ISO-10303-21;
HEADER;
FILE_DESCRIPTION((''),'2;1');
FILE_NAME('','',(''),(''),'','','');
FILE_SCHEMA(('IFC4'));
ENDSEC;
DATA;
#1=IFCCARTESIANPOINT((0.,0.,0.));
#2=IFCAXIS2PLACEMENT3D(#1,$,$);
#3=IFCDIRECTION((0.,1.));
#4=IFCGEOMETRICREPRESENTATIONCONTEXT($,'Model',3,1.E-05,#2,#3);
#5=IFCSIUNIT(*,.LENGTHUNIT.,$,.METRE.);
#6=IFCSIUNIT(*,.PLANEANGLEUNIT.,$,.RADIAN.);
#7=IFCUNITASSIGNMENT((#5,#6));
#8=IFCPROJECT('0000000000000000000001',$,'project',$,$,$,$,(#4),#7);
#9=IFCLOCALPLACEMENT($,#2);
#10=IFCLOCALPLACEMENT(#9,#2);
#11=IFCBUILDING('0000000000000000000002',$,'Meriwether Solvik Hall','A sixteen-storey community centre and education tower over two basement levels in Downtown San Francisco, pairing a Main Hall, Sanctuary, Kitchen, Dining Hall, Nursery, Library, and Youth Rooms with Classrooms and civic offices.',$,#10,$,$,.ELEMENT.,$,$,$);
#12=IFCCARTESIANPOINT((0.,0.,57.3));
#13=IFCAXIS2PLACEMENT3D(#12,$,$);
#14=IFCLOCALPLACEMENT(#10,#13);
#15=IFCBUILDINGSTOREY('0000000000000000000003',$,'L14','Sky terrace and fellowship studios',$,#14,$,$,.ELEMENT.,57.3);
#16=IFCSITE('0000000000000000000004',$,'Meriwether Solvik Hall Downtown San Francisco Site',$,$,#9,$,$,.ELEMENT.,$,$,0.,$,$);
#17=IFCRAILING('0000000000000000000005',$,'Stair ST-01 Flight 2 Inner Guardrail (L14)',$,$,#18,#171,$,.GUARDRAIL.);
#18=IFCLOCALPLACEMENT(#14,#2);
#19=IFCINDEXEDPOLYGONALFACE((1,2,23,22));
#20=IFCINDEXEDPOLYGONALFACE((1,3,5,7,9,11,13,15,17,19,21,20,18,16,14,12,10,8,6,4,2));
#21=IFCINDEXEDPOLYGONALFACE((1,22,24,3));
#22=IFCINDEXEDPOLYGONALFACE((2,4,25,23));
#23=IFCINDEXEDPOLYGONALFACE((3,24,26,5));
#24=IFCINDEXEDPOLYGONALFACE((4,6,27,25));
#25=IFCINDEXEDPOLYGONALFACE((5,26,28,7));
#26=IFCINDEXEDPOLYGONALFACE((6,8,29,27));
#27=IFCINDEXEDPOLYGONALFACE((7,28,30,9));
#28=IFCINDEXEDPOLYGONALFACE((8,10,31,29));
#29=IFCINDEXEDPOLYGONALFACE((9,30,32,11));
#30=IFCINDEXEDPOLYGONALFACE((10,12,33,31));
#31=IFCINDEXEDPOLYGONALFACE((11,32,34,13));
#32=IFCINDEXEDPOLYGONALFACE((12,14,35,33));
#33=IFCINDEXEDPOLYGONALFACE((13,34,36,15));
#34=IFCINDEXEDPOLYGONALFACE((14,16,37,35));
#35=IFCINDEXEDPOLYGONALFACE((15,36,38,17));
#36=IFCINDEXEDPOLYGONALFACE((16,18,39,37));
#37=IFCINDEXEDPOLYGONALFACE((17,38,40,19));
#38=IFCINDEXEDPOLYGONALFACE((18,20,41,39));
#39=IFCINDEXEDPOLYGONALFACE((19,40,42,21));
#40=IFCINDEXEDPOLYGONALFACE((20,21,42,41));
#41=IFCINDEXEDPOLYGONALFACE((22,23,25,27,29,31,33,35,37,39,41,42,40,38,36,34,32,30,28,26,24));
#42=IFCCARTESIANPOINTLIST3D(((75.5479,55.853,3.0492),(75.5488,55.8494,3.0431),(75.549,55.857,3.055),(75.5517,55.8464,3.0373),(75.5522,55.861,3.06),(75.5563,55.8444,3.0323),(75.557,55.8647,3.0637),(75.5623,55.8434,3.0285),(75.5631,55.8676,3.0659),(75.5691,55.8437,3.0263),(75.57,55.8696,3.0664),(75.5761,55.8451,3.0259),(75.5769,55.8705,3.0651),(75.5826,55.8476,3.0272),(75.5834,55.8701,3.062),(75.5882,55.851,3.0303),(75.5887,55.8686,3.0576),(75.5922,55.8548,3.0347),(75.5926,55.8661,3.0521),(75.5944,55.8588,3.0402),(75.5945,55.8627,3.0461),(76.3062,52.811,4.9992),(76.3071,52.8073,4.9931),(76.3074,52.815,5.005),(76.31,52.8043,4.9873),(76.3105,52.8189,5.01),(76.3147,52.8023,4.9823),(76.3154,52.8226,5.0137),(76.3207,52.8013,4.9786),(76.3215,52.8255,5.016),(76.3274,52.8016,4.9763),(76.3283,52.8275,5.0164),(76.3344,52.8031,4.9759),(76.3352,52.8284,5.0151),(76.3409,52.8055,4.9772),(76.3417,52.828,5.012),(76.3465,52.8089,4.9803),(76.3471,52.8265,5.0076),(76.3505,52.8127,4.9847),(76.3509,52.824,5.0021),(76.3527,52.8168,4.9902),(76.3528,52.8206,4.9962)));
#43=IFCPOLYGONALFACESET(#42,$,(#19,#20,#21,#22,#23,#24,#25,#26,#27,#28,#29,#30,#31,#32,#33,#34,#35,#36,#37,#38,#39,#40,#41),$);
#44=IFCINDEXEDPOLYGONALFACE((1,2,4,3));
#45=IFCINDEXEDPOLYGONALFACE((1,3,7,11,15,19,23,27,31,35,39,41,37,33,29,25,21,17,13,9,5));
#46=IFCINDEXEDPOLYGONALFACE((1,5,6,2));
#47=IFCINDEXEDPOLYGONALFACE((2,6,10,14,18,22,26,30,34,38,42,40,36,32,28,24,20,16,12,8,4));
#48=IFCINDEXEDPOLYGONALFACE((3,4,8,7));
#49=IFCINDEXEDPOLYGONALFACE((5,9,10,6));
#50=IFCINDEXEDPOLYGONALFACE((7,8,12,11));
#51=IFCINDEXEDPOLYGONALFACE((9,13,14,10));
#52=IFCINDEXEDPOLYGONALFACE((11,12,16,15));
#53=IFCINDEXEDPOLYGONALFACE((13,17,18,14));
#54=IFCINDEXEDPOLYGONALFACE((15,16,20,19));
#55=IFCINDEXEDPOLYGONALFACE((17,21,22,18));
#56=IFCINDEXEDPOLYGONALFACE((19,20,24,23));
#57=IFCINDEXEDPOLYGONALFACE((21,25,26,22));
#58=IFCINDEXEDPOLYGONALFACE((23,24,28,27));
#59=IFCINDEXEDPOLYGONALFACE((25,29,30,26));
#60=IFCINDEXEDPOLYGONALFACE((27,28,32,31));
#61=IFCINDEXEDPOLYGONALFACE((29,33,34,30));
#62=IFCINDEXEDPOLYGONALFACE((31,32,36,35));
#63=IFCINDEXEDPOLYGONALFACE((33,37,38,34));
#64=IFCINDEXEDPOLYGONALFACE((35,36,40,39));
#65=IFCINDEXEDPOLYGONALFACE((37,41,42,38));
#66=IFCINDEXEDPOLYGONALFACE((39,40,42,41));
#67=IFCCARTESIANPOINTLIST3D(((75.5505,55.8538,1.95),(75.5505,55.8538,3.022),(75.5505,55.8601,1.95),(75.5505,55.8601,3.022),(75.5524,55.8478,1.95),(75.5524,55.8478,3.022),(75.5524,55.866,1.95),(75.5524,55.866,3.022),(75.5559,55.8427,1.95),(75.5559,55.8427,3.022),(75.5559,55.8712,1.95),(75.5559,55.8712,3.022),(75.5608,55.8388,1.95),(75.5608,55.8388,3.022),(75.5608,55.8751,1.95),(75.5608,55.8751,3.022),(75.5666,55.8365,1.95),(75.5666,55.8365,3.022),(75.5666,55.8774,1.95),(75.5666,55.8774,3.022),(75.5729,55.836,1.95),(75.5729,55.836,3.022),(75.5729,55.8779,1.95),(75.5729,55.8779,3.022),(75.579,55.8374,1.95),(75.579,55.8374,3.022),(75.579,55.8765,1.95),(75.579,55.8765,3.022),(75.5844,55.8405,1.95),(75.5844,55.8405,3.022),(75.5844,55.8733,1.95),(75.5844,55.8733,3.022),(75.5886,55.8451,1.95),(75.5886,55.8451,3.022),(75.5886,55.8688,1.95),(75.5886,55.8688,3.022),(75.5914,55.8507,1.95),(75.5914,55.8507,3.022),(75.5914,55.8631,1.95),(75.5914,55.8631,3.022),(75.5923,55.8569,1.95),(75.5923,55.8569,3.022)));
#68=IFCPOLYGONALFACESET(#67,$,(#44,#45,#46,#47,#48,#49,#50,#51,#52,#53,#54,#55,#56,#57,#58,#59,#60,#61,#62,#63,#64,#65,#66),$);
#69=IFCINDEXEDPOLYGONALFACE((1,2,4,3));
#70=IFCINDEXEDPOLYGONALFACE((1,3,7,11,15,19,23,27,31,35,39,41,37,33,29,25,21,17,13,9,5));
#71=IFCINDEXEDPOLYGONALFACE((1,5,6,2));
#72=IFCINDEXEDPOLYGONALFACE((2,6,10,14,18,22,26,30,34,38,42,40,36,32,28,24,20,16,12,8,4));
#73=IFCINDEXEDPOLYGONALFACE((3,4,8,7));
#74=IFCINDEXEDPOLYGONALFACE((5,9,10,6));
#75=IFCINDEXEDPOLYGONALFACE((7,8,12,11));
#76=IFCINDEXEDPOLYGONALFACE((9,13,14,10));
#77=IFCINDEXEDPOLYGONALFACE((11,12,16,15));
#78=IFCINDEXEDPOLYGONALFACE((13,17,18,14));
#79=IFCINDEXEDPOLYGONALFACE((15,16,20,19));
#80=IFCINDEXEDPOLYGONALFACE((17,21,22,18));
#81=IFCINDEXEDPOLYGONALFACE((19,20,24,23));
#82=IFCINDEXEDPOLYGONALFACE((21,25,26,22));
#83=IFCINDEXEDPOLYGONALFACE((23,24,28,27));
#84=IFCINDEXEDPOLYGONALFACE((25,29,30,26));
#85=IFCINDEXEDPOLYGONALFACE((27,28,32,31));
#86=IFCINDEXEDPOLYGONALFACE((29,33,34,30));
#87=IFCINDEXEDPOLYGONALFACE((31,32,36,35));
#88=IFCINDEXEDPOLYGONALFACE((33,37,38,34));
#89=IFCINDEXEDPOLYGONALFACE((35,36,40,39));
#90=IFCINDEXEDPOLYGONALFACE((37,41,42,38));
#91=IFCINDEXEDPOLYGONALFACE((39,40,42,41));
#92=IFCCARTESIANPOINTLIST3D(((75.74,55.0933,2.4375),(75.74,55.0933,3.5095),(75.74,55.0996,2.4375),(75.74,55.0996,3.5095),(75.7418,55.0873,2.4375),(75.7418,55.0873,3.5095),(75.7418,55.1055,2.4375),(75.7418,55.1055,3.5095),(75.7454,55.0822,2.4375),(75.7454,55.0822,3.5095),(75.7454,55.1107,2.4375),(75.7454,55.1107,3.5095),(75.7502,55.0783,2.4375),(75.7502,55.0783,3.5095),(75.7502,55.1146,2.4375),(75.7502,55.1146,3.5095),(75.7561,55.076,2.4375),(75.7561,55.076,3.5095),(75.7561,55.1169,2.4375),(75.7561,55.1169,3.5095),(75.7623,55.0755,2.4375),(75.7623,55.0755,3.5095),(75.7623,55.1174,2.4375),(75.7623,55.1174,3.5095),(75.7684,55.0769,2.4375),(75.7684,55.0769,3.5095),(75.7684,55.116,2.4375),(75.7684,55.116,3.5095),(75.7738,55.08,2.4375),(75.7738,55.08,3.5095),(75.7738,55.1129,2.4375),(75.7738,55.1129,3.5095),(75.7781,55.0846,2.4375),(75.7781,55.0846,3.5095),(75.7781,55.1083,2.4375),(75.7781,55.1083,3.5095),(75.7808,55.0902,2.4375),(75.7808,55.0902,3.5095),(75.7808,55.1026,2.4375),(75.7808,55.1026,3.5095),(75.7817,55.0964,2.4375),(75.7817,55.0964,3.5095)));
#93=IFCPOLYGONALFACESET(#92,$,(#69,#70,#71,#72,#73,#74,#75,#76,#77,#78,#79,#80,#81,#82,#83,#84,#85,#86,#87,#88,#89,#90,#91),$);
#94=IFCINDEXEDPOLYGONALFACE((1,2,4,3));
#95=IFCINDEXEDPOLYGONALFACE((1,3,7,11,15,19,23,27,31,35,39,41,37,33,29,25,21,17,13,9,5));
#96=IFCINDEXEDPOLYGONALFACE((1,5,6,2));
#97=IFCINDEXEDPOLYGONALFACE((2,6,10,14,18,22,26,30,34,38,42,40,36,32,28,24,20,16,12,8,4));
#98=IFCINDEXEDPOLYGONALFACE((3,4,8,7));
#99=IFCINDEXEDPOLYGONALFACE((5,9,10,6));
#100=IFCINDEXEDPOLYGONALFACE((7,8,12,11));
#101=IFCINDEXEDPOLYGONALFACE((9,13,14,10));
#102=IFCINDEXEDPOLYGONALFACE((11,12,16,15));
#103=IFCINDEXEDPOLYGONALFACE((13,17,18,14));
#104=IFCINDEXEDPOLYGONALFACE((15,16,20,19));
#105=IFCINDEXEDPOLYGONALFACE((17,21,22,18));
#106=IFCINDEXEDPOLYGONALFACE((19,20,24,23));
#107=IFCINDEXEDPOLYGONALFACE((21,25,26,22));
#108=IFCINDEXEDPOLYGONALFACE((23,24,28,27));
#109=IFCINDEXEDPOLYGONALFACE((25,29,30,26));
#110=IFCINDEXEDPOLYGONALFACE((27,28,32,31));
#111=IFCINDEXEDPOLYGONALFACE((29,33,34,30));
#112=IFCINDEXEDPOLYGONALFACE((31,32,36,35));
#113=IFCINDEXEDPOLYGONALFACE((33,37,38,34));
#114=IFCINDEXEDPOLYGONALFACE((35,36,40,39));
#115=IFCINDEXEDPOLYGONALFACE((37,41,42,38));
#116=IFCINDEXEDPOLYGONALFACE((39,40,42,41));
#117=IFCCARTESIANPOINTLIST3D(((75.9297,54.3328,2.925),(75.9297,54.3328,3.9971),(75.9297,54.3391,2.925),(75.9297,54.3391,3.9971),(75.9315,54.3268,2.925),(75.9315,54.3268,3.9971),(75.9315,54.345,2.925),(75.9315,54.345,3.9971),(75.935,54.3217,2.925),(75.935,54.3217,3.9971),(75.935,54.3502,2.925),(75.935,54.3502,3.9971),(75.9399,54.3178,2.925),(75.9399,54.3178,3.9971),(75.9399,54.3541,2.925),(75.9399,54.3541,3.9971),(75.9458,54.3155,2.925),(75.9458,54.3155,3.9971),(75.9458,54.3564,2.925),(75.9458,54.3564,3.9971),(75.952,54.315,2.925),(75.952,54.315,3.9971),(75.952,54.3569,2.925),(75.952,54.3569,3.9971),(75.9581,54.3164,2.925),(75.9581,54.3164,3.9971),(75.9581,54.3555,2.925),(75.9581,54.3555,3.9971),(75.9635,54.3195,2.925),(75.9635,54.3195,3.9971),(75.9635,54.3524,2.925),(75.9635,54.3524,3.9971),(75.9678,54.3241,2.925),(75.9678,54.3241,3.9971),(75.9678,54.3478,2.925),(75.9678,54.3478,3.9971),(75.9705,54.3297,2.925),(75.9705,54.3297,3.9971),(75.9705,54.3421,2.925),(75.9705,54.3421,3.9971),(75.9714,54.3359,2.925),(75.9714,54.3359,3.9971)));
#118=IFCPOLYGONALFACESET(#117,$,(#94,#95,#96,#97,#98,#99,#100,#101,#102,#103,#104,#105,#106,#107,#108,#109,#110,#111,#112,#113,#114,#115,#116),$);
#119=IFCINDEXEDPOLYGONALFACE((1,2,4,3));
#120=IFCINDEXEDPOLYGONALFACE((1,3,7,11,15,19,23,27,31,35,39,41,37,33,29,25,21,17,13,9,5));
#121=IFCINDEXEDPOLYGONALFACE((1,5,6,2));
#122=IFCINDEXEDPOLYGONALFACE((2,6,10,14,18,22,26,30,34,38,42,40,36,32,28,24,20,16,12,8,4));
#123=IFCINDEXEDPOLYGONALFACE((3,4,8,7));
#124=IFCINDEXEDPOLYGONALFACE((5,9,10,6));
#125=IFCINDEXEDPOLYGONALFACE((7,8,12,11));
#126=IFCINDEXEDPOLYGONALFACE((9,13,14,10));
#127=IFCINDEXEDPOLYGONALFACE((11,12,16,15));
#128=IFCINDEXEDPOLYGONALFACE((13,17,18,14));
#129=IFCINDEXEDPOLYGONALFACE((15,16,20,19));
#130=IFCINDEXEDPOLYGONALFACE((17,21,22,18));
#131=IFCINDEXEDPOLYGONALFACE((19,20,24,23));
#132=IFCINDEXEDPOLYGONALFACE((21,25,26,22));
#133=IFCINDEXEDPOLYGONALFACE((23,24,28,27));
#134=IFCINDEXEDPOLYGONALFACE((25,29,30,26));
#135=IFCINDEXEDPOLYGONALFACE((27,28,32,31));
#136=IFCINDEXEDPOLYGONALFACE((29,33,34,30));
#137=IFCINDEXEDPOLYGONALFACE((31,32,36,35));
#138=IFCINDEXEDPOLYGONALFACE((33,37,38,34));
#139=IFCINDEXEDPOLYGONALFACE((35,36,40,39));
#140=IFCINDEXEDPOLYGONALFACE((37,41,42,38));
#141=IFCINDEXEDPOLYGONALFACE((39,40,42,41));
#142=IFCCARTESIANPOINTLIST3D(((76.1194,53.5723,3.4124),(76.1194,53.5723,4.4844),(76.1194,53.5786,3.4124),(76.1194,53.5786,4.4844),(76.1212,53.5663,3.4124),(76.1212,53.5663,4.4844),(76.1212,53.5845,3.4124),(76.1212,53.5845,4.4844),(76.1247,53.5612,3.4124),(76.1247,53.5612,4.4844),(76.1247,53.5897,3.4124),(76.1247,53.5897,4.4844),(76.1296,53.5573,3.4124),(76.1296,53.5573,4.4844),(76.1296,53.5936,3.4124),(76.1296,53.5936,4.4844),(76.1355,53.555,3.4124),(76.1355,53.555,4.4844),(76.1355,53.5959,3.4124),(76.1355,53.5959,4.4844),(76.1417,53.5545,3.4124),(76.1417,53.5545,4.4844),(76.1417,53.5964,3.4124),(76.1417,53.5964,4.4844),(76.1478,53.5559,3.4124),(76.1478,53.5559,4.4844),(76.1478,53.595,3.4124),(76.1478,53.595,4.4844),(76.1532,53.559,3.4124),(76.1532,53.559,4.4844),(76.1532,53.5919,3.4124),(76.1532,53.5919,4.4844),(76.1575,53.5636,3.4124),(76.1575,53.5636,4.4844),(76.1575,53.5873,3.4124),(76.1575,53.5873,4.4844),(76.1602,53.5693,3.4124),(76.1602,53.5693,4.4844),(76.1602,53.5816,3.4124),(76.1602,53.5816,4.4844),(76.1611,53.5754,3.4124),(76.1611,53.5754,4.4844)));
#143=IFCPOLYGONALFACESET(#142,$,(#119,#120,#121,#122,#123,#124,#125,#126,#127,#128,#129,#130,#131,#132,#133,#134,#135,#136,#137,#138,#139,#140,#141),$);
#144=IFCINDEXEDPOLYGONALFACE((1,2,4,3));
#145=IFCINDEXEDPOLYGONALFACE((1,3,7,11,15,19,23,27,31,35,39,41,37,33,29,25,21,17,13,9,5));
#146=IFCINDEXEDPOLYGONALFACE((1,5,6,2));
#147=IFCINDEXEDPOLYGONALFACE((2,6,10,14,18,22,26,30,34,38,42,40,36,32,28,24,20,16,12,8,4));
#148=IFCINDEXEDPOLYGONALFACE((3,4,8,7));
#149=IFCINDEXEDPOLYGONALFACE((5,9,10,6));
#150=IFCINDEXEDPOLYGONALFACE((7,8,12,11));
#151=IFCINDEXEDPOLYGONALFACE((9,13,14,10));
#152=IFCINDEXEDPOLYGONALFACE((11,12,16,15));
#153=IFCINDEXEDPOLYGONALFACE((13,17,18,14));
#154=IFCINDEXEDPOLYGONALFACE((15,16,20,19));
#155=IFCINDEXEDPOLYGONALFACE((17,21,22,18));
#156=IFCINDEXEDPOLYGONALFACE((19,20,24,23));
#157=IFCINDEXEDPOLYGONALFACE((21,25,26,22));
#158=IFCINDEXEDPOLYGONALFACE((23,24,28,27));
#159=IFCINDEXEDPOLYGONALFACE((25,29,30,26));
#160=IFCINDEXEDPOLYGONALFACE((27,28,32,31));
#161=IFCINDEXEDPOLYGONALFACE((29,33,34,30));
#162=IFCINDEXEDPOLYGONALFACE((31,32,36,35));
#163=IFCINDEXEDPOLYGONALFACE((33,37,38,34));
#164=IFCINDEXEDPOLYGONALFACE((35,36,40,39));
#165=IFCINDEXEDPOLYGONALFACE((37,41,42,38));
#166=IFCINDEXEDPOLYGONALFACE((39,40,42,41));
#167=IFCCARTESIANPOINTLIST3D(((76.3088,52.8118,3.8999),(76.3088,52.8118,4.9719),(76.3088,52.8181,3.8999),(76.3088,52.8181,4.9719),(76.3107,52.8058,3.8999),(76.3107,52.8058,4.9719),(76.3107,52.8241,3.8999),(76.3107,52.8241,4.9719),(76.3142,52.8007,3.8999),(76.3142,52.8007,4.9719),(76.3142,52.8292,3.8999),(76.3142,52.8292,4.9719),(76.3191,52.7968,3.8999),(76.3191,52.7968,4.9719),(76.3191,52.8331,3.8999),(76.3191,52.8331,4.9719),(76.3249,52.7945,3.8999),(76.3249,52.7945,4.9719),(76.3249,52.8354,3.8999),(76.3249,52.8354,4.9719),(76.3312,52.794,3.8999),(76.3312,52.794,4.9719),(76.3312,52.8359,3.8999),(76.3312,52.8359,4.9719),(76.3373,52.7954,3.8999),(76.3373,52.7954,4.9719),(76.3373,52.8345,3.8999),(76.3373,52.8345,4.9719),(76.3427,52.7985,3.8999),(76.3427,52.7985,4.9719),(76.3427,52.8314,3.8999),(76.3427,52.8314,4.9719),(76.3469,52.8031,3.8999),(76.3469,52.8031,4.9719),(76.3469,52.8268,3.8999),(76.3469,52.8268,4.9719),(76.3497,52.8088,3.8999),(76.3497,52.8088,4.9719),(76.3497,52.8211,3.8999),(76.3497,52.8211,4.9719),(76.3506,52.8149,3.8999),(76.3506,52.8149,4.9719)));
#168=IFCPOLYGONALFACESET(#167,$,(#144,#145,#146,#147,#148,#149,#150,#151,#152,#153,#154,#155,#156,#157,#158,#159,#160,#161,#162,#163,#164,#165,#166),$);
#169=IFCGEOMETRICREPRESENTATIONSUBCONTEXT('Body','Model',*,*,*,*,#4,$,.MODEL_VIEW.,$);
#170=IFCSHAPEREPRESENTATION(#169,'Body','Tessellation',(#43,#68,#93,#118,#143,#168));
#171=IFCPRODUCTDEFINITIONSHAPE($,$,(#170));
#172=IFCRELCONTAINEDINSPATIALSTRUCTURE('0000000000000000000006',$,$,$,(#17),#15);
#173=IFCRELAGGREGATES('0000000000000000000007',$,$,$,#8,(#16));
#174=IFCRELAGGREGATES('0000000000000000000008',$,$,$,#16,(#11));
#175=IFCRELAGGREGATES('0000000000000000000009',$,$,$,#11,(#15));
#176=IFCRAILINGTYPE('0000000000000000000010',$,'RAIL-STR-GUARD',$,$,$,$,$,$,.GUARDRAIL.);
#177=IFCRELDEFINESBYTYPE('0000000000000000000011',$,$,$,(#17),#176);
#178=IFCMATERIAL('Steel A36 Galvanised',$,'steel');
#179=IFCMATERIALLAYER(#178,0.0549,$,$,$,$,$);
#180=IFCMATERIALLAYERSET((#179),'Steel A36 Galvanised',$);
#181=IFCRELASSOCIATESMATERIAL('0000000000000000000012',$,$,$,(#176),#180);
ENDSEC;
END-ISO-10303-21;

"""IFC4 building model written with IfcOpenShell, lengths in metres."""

from ifc_helpers import new_model, si_unit, direction, frame, origin, origin_2d, place, context, subcontext, project, spatial, circle, extrude, material, layer, layer_set, type_object, element, save


model = new_model("IFC4")

# Units and contexts
model_context = context("Model", 3, precision=1e-05, world=origin(), true_north=direction((0.0, 1.0)))
body_context = subcontext(model_context, "Body", "Model", "MODEL_VIEW")
ifc_project = project(units=[si_unit("LENGTHUNIT", "METRE"), si_unit("PLANEANGLEUNIT", "RADIAN")], contexts=[model_context])

# Site, building, storey
site_placement = place(None, origin())
site = spatial("IfcSite", under=ifc_project, at=site_placement, Name="Meriwether Solvik Hall Downtown San Francisco Site", CompositionType="ELEMENT", RefElevation=0.0)
building_placement = place(site_placement, origin())
building = spatial("IfcBuilding", under=site, at=building_placement, Name="Meriwether Solvik Hall", Description="A sixteen-storey community centre and education tower over two basement levels in Downtown San Francisco, pairing a Main Hall, Sanctuary, Kitchen, Dining Hall, Nursery, Library, and Youth Rooms with Classrooms and civic offices.", CompositionType="ELEMENT")
storey_placement = place(building_placement, frame((0.0, 0.0, 57.3)))
storey = spatial("IfcBuildingStorey", under=building, at=storey_placement, Name="L14", Description="Sky terrace and fellowship studios", CompositionType="ELEMENT", Elevation=57.3)

# Railing
ifc_material_1 = material(Name="Steel A36 Galvanised", Category="steel")
ifc_layer_1 = layer(ifc_material_1, 0.0549)
ifc_layer_set_1 = layer_set([ifc_layer_1], Name="Steel A36 Galvanised")
railing_type_1 = type_object("IfcRailingType", Name="RAIL-STR-GUARD", PredefinedType="GUARDRAIL", material=ifc_layer_set_1)
railing_1_placement = place(storey_placement, frame((75.5713, 55.8569, 1.95)))
element("IfcRailing", 1, at=railing_1_placement, inside=storey, type_object=railing_type_1, Name="Stair ST-01 Flight 2 Inner Guardrail (L14)", PredefinedType="GUARDRAIL", context=body_context, shape_type="SweptSolid", body=[
    extrude(circle(Radius=0.0239, at=origin_2d()), frame((0.0, 0.0, 1.0962), z_axis=(0.205389, -0.823936, 0.528152), x_axis=(0.970307, 0.241876, 0.0)), (0.0, 0.0, 1.0), 3.6921),
    extrude(circle(Radius=0.021, at=origin_2d()), origin(), (0.0, 0.0, 1.0), 1.072),
    extrude(circle(Radius=0.021, at=origin_2d()), frame((0.1895, -0.7605, 0.4875)), (0.0, 0.0, 1.0), 1.072),
    extrude(circle(Radius=0.021, at=origin_2d()), frame((0.3792, -1.521, 0.9751)), (0.0, 0.0, 1.0), 1.072),
    extrude(circle(Radius=0.021, at=origin_2d()), frame((0.5688, -2.2815, 1.4624)), (0.0, 0.0, 1.0), 1.072),
    extrude(circle(Radius=0.021, at=origin_2d()), frame((0.7583, -3.042, 1.95)), (0.0, 0.0, 1.0), 1.072),
])

save(model, "model.ifc")
